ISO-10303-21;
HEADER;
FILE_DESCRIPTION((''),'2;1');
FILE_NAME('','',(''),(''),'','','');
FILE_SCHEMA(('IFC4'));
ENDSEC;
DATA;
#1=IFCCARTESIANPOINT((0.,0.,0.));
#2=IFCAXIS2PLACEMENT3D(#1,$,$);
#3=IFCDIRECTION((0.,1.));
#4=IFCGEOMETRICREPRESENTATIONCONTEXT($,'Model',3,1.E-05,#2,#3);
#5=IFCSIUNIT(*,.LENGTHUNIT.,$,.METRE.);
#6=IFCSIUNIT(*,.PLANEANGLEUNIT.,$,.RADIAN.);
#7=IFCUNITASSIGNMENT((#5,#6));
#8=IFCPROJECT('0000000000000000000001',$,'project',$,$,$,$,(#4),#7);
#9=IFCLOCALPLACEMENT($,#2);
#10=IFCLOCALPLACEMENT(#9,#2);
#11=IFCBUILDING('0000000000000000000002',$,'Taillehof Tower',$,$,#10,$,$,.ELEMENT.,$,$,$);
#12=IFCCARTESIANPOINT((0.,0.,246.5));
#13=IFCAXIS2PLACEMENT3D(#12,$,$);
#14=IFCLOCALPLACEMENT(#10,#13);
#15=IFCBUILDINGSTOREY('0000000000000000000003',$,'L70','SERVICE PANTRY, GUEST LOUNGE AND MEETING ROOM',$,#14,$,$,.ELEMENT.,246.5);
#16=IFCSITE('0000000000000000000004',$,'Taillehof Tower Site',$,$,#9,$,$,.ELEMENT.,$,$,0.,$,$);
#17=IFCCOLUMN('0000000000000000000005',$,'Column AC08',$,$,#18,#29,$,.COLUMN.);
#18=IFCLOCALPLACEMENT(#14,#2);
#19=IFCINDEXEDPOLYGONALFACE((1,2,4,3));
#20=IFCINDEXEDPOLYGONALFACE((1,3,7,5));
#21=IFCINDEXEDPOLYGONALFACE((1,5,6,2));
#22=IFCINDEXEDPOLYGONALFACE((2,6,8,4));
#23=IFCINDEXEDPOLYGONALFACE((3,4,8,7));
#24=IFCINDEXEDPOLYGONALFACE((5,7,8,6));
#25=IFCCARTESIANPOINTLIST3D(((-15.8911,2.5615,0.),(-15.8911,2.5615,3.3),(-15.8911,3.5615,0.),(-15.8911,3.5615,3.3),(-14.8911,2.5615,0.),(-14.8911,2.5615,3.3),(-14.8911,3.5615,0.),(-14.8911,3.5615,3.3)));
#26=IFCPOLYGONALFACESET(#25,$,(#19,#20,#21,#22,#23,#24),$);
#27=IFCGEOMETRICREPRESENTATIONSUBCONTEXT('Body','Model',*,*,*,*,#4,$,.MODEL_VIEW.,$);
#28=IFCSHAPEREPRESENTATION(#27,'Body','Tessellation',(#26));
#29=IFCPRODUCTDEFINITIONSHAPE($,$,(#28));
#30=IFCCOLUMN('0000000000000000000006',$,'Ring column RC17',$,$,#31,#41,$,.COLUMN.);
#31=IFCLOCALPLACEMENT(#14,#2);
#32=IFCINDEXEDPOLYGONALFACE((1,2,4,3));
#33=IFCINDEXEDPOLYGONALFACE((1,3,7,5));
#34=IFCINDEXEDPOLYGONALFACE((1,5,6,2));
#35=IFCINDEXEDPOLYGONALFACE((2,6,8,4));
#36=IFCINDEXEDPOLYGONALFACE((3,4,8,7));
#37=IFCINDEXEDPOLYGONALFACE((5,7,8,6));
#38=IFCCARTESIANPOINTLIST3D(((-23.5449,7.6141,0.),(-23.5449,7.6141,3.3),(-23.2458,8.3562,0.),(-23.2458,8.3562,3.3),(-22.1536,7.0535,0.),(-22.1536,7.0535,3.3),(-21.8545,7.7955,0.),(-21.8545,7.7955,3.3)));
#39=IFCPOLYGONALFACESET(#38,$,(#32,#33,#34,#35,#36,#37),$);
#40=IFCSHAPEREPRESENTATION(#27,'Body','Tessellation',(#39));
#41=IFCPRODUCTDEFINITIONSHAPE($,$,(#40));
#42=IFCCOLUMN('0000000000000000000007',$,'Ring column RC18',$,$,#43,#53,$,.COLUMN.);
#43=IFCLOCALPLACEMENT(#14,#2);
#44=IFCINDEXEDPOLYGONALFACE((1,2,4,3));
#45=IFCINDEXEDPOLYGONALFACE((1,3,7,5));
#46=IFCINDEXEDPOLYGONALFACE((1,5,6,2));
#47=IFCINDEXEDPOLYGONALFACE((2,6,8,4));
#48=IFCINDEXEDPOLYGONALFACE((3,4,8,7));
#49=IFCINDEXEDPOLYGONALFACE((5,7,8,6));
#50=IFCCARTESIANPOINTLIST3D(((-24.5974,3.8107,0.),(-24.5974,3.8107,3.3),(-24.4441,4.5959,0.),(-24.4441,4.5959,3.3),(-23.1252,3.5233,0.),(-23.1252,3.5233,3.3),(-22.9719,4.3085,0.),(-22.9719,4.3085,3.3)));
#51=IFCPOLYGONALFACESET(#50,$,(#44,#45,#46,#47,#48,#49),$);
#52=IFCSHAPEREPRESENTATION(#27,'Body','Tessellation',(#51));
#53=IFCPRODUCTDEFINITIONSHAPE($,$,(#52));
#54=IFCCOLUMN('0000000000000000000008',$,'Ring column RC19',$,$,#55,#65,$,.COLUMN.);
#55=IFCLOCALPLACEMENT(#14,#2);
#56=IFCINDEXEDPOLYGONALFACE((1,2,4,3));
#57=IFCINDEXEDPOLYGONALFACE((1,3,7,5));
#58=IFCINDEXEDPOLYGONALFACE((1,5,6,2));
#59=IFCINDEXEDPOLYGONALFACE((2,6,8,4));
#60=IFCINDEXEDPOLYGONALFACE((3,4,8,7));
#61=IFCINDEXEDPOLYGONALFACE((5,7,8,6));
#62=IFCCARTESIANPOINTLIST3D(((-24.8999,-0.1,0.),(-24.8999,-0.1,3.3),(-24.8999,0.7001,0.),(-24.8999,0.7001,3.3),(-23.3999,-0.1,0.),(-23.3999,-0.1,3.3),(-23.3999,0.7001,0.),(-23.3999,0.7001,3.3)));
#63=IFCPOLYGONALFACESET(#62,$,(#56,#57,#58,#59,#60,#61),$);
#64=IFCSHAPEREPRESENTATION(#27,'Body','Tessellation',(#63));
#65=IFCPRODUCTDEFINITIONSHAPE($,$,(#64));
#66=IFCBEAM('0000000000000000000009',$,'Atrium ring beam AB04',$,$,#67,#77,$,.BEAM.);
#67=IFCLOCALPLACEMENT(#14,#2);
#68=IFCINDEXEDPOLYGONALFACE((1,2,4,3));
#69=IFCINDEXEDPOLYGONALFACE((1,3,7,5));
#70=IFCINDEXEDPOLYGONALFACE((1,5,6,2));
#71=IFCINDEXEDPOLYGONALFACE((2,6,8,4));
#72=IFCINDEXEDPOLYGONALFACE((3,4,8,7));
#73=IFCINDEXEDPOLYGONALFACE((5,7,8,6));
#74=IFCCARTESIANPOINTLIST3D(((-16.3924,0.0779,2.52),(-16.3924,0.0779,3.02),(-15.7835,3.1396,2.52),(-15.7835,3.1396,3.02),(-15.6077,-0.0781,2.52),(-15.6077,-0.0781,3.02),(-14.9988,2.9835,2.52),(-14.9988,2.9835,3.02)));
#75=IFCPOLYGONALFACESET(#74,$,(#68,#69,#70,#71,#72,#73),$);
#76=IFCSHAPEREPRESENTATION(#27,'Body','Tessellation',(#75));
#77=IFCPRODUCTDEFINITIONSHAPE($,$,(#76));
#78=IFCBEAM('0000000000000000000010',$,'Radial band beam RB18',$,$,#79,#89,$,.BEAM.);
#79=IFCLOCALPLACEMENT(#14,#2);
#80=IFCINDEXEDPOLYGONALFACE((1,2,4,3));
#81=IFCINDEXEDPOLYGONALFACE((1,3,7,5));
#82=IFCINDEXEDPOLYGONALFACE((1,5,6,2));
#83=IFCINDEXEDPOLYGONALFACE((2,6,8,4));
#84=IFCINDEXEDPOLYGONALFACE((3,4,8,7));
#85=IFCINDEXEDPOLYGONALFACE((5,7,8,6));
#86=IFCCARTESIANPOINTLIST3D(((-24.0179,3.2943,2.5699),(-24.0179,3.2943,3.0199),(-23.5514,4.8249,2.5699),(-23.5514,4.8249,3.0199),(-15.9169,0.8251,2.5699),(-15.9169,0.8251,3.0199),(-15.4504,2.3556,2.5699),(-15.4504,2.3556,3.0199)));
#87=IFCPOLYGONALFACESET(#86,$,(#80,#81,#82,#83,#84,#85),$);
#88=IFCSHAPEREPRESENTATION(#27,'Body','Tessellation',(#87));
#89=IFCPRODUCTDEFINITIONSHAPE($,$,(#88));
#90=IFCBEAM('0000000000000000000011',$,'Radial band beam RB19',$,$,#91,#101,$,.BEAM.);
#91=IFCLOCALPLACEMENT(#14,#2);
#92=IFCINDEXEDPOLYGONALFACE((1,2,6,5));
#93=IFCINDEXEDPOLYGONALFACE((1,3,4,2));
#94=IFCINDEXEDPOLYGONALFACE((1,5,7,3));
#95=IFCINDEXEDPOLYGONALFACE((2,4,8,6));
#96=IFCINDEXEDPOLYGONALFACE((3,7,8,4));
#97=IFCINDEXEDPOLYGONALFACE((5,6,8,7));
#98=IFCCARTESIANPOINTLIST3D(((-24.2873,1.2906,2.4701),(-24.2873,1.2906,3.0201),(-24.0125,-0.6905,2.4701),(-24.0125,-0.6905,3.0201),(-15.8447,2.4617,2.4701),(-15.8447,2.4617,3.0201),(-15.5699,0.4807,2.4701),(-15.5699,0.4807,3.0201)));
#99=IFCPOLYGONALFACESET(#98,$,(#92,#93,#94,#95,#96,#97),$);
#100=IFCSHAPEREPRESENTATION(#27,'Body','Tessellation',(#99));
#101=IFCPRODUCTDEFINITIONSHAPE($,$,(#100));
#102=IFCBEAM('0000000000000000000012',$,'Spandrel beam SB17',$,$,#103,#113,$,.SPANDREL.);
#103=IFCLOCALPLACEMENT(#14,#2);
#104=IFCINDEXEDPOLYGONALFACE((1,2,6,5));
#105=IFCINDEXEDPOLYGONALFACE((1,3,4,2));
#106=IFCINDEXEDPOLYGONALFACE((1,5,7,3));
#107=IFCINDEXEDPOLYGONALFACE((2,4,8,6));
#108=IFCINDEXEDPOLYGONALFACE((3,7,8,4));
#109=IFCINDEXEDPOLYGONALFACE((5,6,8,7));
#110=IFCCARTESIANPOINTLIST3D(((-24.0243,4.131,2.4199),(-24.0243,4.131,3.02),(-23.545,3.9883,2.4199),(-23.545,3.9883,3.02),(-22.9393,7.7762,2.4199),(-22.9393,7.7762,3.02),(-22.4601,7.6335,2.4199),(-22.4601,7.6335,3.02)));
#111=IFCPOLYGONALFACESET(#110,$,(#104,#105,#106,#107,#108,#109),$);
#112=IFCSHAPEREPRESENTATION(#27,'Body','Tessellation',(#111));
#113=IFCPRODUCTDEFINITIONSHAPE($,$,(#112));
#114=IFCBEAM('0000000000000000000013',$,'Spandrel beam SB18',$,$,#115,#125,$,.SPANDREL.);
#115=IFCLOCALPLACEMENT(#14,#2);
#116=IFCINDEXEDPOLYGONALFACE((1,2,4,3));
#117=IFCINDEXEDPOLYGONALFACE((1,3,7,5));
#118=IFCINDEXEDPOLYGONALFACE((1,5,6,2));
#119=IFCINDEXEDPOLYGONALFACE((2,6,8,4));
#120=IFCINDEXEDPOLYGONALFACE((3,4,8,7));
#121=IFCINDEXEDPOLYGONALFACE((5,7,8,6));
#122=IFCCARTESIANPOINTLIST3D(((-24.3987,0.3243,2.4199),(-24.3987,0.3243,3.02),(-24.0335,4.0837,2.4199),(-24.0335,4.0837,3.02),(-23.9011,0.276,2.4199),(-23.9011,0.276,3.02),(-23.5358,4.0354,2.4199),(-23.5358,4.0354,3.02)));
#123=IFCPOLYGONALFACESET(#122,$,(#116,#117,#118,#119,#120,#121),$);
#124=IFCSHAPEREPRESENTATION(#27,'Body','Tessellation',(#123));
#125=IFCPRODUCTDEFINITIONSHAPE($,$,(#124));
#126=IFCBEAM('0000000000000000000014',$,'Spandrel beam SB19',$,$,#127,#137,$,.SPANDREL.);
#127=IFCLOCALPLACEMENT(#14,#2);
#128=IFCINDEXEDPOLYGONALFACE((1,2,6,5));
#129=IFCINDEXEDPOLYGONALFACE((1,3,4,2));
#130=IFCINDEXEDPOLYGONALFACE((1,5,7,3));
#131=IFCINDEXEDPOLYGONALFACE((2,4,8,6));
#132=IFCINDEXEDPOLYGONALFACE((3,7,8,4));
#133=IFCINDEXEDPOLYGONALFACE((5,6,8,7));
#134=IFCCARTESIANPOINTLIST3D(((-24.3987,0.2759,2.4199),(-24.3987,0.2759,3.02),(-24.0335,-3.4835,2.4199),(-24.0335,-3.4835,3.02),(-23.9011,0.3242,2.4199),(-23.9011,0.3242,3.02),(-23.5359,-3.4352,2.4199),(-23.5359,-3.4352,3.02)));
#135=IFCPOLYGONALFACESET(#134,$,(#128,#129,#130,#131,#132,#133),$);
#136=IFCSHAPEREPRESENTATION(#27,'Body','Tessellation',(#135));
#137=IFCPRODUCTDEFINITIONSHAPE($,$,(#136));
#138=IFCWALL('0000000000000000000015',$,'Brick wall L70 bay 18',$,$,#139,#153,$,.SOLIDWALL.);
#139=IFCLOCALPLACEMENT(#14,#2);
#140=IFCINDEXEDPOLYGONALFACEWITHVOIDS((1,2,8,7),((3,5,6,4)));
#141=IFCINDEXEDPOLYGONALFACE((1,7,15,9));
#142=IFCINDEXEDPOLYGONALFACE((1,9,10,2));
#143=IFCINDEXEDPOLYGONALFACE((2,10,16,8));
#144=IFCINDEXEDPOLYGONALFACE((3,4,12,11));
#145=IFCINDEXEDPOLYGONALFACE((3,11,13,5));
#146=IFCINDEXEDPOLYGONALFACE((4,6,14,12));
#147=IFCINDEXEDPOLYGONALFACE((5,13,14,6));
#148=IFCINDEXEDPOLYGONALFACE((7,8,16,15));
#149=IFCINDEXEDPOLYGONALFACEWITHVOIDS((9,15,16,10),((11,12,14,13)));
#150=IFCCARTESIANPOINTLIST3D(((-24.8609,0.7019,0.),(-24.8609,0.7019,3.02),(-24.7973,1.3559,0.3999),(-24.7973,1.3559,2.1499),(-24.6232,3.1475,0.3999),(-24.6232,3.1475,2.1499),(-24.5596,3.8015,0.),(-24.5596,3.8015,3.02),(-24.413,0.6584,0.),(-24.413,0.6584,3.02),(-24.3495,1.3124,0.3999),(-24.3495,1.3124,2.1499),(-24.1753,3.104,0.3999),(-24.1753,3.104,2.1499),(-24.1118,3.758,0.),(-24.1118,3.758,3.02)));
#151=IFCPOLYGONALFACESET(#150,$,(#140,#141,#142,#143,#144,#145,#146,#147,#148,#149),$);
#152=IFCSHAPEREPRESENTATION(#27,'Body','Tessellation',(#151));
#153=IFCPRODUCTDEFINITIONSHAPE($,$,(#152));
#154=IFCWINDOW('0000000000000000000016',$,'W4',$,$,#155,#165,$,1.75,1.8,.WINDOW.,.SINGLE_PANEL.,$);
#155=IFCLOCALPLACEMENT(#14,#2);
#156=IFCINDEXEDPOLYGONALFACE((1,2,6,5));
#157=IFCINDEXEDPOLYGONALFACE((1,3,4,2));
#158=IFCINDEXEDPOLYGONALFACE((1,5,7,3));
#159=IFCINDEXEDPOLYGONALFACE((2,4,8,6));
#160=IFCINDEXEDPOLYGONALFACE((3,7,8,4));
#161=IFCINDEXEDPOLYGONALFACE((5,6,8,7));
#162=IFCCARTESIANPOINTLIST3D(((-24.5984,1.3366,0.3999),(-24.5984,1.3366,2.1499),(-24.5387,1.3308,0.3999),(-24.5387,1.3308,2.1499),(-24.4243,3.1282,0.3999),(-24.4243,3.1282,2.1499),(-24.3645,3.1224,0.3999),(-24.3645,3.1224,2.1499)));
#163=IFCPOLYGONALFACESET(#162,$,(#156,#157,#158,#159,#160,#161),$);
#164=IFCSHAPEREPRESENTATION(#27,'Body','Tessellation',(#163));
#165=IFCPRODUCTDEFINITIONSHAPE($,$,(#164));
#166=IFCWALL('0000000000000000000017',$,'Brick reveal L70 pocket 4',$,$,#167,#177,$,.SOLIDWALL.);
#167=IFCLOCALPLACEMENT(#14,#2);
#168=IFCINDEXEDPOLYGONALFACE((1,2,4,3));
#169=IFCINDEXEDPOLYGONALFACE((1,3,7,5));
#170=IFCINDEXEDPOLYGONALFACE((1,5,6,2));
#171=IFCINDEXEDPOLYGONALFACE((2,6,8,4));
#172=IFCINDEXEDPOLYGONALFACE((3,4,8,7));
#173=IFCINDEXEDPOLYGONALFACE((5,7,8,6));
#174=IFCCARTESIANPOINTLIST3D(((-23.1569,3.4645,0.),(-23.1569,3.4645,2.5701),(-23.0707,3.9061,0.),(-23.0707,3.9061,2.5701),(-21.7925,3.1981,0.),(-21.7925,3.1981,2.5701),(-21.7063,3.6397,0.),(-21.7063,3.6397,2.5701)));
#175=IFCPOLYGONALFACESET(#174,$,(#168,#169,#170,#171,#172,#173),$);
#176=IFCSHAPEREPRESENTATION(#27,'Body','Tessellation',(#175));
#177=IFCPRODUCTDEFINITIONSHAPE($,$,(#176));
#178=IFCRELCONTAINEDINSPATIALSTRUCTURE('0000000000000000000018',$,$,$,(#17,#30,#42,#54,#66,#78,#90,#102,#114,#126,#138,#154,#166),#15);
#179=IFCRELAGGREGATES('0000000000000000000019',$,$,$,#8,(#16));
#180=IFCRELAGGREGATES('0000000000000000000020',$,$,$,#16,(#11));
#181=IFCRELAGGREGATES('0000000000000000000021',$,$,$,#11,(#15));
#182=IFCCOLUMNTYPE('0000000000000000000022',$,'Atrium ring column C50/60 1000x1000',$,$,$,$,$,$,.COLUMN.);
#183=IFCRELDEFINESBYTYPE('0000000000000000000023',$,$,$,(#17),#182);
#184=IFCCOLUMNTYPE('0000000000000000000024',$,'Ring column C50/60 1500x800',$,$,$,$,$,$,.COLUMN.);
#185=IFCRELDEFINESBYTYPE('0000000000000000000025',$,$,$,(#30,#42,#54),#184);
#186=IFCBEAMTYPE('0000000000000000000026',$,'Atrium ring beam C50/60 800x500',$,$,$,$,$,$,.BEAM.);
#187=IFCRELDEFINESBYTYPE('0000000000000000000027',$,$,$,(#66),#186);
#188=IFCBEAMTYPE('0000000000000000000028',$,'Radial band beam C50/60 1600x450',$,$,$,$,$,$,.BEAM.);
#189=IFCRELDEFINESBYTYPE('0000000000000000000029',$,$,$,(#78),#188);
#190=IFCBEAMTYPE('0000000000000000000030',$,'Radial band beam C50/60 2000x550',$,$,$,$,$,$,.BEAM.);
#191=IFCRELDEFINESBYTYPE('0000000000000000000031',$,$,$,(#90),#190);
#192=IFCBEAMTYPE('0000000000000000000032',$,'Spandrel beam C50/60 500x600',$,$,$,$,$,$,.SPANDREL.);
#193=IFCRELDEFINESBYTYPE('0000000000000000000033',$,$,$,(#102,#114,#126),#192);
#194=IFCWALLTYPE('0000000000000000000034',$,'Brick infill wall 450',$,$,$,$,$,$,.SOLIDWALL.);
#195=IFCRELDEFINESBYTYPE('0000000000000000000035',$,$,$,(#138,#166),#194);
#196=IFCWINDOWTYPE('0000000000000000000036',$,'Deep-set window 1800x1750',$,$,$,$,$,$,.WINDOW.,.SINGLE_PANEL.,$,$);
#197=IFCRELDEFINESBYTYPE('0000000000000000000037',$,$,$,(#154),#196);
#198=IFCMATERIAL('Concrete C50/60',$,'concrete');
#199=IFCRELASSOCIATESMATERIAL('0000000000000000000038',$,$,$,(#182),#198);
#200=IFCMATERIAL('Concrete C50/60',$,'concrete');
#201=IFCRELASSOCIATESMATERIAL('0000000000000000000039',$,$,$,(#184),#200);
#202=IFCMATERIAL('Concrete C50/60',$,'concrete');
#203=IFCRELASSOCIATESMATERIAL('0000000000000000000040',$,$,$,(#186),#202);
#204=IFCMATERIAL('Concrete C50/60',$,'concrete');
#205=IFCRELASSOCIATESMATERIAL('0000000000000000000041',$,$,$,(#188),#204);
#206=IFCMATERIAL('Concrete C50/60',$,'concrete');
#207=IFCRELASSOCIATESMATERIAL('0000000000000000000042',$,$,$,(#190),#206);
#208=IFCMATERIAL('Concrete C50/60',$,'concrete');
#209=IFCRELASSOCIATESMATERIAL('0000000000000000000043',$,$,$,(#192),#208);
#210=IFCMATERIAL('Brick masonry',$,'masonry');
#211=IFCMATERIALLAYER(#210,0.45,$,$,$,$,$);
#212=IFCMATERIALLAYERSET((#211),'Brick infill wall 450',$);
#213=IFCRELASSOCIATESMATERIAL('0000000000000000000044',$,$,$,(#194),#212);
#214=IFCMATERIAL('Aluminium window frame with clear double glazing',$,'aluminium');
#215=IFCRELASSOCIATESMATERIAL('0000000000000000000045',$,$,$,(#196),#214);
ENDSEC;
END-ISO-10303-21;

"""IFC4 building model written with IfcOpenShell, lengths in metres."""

from ifc_helpers import new_model, si_unit, direction, frame, frame_2d, origin, origin_2d, place, context, subcontext, project, spatial, rectangle, extrude, material, layer, layer_set, material_profile, profile_set, type_object, element, fill, save


model = new_model("IFC4")

# Units and contexts
model_context = context("Model", 3, precision=1e-05, world=origin(), true_north=direction((0.0, 1.0)))
body_context = subcontext(model_context, "Body", "Model", "MODEL_VIEW")
ifc_project = project(units=[si_unit("LENGTHUNIT", "METRE"), si_unit("PLANEANGLEUNIT", "RADIAN")], contexts=[model_context])

# Site, building, storey
site_placement = place(None, origin())
site = spatial("IfcSite", under=ifc_project, at=site_placement, Name="Taillehof Tower Site", CompositionType="ELEMENT", RefElevation=0.0)
building_placement = place(site_placement, origin())
building = spatial("IfcBuilding", under=site, at=building_placement, Name="Taillehof Tower", CompositionType="ELEMENT")
storey_placement = place(building_placement, frame((0.0, 0.0, 246.5)))
storey = spatial("IfcBuildingStorey", under=building, at=storey_placement, Name="L70", Description="SERVICE PANTRY, GUEST LOUNGE AND MEETING ROOM", CompositionType="ELEMENT", Elevation=246.5)

# Columns
ifc_material_1 = material(Name="Concrete C50/60", Category="concrete")
ifc_material_profile_1 = material_profile(ifc_material_1, rectangle(XDim=1.0, YDim=1.0, at=origin_2d()), Name="RC 1000x1000")
ifc_profile_set_1 = profile_set([ifc_material_profile_1], Name="Concrete C50/60")
column_type_1 = type_object("IfcColumnType", Name="Atrium ring column C50/60 1000x1000", PredefinedType="COLUMN", material=ifc_profile_set_1)
column_placement = place(storey_placement, frame((-15.3911, 3.0615, 0.0), z_axis=(0.0, 0.0, 1.0), x_axis=(1.0, 0.0, 0.0)))
element("IfcColumn", 1, at=column_placement, inside=storey, type_object=column_type_1, Name="Column AC08", PredefinedType="COLUMN", context=body_context, shape_type="SweptSolid", body=[
    extrude(rectangle(XDim=1.0, YDim=1.0, at=origin_2d()), origin(), (0.0, 0.0, 1.0), 3.3),
])
ifc_material_2 = material(Name="Concrete C50/60", Category="concrete")
ifc_material_profile_2 = material_profile(ifc_material_2, rectangle(XDim=1.5, YDim=0.8, at=origin_2d()), Name="RC 1500x800")
ifc_profile_set_2 = profile_set([ifc_material_profile_2], Name="Concrete C50/60")
column_type_2 = type_object("IfcColumnType", Name="Ring column C50/60 1500x800", PredefinedType="COLUMN", material=ifc_profile_set_2)
for number, where, z_axis, x_axis, name in (
    (2, (-22.6997, 7.7048, 0.0), (0.0, 0.0, 1.0), (-0.927525, 0.373762, 0.0), "Ring column RC17"),
    (3, (-23.7847, 4.0596, 0.0), (0.0, 0.0, 1.0), (-0.981473, 0.191602, 0.0), "Ring column RC18"),
    (4, (-24.1499, 0.3, 0.0), (0.0, 0.0, 1.0), (-1.0, 0.0, 0.0), "Ring column RC19"),
):
    element("IfcColumn", number, at=place(storey_placement, frame(where, z_axis=z_axis, x_axis=x_axis)), inside=storey, type_object=column_type_2, Name=name, PredefinedType="COLUMN", context=body_context, shape_type="SweptSolid", body=[
        extrude(rectangle(XDim=1.5, YDim=0.8, at=origin_2d()), origin(), (0.0, 0.0, 1.0), 3.3),
    ])

# Beams
ifc_material_3 = material(Name="Concrete C50/60", Category="concrete")
ifc_material_profile_3 = material_profile(ifc_material_3, rectangle(XDim=0.8, YDim=0.5, at=origin_2d()), Name="RC 800x500")
ifc_profile_set_3 = profile_set([ifc_material_profile_3], Name="Concrete C50/60")
beam_type_1 = type_object("IfcBeamType", Name="Atrium ring beam C50/60 800x500", PredefinedType="BEAM", material=ifc_profile_set_3)
beam_1_placement = place(storey_placement, frame((-15.3911, 3.0615, 2.77), z_axis=(-0.195063, -0.980791, 0.0), x_axis=(0.980791, -0.195063, 0.0)))
element("IfcBeam", 5, at=beam_1_placement, inside=storey, type_object=beam_type_1, Name="Atrium ring beam AB04", PredefinedType="BEAM", context=body_context, shape_type="SweptSolid", body=[
    extrude(rectangle(XDim=0.8, YDim=0.5, at=origin_2d()), origin(), (0.0, 0.0, 1.0), 3.1216),
])
ifc_material_4 = material(Name="Concrete C50/60", Category="concrete")
ifc_material_profile_4 = material_profile(ifc_material_4, rectangle(XDim=1.6001, YDim=0.45, at=origin_2d()), Name="RC 1600x450")
ifc_profile_set_4 = profile_set([ifc_material_profile_4], Name="Concrete C50/60")
beam_type_2 = type_object("IfcBeamType", Name="Radial band beam C50/60 1600x450", PredefinedType="BEAM", material=ifc_profile_set_4)
beam_2_placement = place(storey_placement, frame((-23.7847, 4.0596, 2.7949), z_axis=(0.956552, -0.291561, 0.0), x_axis=(0.291561, 0.956552, 0.0)))
element("IfcBeam", 6, at=beam_2_placement, inside=storey, type_object=beam_type_2, Name="Radial band beam RB18", PredefinedType="BEAM", context=body_context, shape_type="SweptSolid", body=[
    extrude(rectangle(XDim=1.6001, YDim=0.45, at=origin_2d()), origin(), (0.0, 0.0, 1.0), 8.469),
])
ifc_material_5 = material(Name="Concrete C50/60", Category="concrete")
ifc_material_profile_5 = material_profile(ifc_material_5, rectangle(XDim=2.0, YDim=0.55, at=origin_2d()), Name="RC 2000x550")
ifc_profile_set_5 = profile_set([ifc_material_profile_5], Name="Concrete C50/60")
beam_type_3 = type_object("IfcBeamType", Name="Radial band beam C50/60 2000x550", PredefinedType="BEAM", material=ifc_profile_set_5)
beam_3_placement = place(storey_placement, frame((-24.1499, 0.3, 2.7451), z_axis=(0.990515, 0.137402, 0.0), x_axis=(-0.137402, 0.990515, 0.0)))
element("IfcBeam", 7, at=beam_3_placement, inside=storey, type_object=beam_type_3, Name="Radial band beam RB19", PredefinedType="BEAM", context=body_context, shape_type="SweptSolid", body=[
    extrude(rectangle(XDim=2.0, YDim=0.55, at=origin_2d()), origin(), (0.0, 0.0, 1.0), 8.5234),
])
ifc_material_6 = material(Name="Concrete C50/60", Category="concrete")
ifc_material_profile_6 = material_profile(ifc_material_6, rectangle(XDim=0.5, YDim=0.6001, at=origin_2d()), Name="RC 500x600")
ifc_profile_set_6 = profile_set([ifc_material_profile_6], Name="Concrete C50/60")
beam_type_4 = type_object("IfcBeamType", Name="Spandrel beam C50/60 500x600", PredefinedType="SPANDREL", material=ifc_profile_set_6)
beam_4_placement = place(storey_placement, frame((-22.6997, 7.7048, 2.72), z_axis=(-0.285268, -0.958448, 0.0), x_axis=(0.958448, -0.285268, 0.0)))
element("IfcBeam", 8, at=beam_4_placement, inside=storey, type_object=beam_type_4, Name="Spandrel beam SB17", PredefinedType="SPANDREL", context=body_context, shape_type="SweptSolid", body=[
    extrude(rectangle(XDim=0.5, YDim=0.6001, at=origin_2d()), origin(), (0.0, 0.0, 1.0), 3.8032),
])
for number, where, z_axis, x_axis, name in (
    (9, (-23.7847, 4.0596, 2.72), (-0.096694, -0.995314, 0.0), (0.995314, -0.096694, 0.0), "Spandrel beam SB18"),
    (10, (-24.1499, 0.3, 2.72), (0.096694, -0.995314, 0.0), (0.995314, 0.096694, 0.0), "Spandrel beam SB19"),
):
    element("IfcBeam", number, at=place(storey_placement, frame(where, z_axis=z_axis, x_axis=x_axis)), inside=storey, type_object=beam_type_4, Name=name, PredefinedType="SPANDREL", context=body_context, shape_type="SweptSolid", body=[
        extrude(rectangle(XDim=0.5, YDim=0.6001, at=origin_2d()), origin(), (0.0, 0.0, 1.0), 3.7771),
    ])

# Wall, opening, window
ifc_material_7 = material(Name="Brick masonry", Category="masonry")
ifc_layer_1 = layer(ifc_material_7, 0.45)
ifc_layer_set_1 = layer_set([ifc_layer_1], Name="Brick infill wall 450")
wall_type_1 = type_object("IfcWallType", Name="Brick infill wall 450", PredefinedType="SOLIDWALL", material=ifc_layer_set_1)
wall_1_placement = place(storey_placement, frame((-24.3357, 3.7798, 0.0), z_axis=(0.0, 0.0, 1.0), x_axis=(-0.09674, -0.99531, 0.0)))
wall_1 = element("IfcWall", 11, at=wall_1_placement, inside=storey, type_object=wall_type_1, Name="Brick wall L70 bay 18", PredefinedType="SOLIDWALL", context=body_context, shape_type="SweptSolid", body=[
    extrude(rectangle(XDim=3.1143, YDim=0.45, at=frame_2d((1.5571, 0.0))), origin(), (0.0, 0.0, 1.0), 3.02),
])
opening_1_placement = place(wall_1_placement, frame((0.6572, 0.0, 0.3999)))
opening_1 = element("IfcOpeningElement", 12, at=opening_1_placement, cuts=wall_1, PredefinedType="OPENING", context=body_context, shape_type="SweptSolid", body=[
    extrude(rectangle(XDim=1.8, YDim=1.75, at=frame_2d((0.8999, 0.875))), frame((0.0, 0.2349, 0.0), z_axis=(0.0, -1.0, 0.0), x_axis=(1.0, 0.0, 0.0)), (0.0, 0.0, 1.0), 0.47),
])
ifc_material_8 = material(Name="Aluminium window frame with clear double glazing", Category="aluminium")
window_type_1 = type_object("IfcWindowType", Name="Deep-set window 1800x1750", PartitioningType="SINGLE_PANEL", PredefinedType="WINDOW", material=ifc_material_8)
window_1_placement = place(opening_1_placement, origin())
window_1 = element("IfcWindow", 13, at=window_1_placement, inside=storey, type_object=window_type_1, Name="W4", OverallHeight=1.75, OverallWidth=1.8, PartitioningType="SINGLE_PANEL", PredefinedType="WINDOW", context=body_context, shape_type="SweptSolid", body=[
    extrude(rectangle(XDim=1.8, YDim=1.75, at=frame_2d((0.8999, 0.875))), frame((0.0, 0.0349, 0.0), z_axis=(0.0, -1.0, 0.0), x_axis=(1.0, 0.0, 0.0)), (0.0, 0.0, 1.0), 0.0601),
])
fill(opening_1, window_1)

# Wall
wall_2_placement = place(storey_placement, frame((-23.1138, 3.6853, 0.0), z_axis=(0.0, 0.0, 1.0), x_axis=(0.981469, -0.191622, 0.0)))
element("IfcWall", 14, at=wall_2_placement, inside=storey, type_object=wall_type_1, Name="Brick reveal L70 pocket 4", PredefinedType="SOLIDWALL", context=body_context, shape_type="SweptSolid", body=[
    extrude(rectangle(XDim=1.3901, YDim=0.45, at=frame_2d((0.6951, 0.0))), origin(), (0.0, 0.0, 1.0), 2.5701),
])

save(model, "model.ifc")
